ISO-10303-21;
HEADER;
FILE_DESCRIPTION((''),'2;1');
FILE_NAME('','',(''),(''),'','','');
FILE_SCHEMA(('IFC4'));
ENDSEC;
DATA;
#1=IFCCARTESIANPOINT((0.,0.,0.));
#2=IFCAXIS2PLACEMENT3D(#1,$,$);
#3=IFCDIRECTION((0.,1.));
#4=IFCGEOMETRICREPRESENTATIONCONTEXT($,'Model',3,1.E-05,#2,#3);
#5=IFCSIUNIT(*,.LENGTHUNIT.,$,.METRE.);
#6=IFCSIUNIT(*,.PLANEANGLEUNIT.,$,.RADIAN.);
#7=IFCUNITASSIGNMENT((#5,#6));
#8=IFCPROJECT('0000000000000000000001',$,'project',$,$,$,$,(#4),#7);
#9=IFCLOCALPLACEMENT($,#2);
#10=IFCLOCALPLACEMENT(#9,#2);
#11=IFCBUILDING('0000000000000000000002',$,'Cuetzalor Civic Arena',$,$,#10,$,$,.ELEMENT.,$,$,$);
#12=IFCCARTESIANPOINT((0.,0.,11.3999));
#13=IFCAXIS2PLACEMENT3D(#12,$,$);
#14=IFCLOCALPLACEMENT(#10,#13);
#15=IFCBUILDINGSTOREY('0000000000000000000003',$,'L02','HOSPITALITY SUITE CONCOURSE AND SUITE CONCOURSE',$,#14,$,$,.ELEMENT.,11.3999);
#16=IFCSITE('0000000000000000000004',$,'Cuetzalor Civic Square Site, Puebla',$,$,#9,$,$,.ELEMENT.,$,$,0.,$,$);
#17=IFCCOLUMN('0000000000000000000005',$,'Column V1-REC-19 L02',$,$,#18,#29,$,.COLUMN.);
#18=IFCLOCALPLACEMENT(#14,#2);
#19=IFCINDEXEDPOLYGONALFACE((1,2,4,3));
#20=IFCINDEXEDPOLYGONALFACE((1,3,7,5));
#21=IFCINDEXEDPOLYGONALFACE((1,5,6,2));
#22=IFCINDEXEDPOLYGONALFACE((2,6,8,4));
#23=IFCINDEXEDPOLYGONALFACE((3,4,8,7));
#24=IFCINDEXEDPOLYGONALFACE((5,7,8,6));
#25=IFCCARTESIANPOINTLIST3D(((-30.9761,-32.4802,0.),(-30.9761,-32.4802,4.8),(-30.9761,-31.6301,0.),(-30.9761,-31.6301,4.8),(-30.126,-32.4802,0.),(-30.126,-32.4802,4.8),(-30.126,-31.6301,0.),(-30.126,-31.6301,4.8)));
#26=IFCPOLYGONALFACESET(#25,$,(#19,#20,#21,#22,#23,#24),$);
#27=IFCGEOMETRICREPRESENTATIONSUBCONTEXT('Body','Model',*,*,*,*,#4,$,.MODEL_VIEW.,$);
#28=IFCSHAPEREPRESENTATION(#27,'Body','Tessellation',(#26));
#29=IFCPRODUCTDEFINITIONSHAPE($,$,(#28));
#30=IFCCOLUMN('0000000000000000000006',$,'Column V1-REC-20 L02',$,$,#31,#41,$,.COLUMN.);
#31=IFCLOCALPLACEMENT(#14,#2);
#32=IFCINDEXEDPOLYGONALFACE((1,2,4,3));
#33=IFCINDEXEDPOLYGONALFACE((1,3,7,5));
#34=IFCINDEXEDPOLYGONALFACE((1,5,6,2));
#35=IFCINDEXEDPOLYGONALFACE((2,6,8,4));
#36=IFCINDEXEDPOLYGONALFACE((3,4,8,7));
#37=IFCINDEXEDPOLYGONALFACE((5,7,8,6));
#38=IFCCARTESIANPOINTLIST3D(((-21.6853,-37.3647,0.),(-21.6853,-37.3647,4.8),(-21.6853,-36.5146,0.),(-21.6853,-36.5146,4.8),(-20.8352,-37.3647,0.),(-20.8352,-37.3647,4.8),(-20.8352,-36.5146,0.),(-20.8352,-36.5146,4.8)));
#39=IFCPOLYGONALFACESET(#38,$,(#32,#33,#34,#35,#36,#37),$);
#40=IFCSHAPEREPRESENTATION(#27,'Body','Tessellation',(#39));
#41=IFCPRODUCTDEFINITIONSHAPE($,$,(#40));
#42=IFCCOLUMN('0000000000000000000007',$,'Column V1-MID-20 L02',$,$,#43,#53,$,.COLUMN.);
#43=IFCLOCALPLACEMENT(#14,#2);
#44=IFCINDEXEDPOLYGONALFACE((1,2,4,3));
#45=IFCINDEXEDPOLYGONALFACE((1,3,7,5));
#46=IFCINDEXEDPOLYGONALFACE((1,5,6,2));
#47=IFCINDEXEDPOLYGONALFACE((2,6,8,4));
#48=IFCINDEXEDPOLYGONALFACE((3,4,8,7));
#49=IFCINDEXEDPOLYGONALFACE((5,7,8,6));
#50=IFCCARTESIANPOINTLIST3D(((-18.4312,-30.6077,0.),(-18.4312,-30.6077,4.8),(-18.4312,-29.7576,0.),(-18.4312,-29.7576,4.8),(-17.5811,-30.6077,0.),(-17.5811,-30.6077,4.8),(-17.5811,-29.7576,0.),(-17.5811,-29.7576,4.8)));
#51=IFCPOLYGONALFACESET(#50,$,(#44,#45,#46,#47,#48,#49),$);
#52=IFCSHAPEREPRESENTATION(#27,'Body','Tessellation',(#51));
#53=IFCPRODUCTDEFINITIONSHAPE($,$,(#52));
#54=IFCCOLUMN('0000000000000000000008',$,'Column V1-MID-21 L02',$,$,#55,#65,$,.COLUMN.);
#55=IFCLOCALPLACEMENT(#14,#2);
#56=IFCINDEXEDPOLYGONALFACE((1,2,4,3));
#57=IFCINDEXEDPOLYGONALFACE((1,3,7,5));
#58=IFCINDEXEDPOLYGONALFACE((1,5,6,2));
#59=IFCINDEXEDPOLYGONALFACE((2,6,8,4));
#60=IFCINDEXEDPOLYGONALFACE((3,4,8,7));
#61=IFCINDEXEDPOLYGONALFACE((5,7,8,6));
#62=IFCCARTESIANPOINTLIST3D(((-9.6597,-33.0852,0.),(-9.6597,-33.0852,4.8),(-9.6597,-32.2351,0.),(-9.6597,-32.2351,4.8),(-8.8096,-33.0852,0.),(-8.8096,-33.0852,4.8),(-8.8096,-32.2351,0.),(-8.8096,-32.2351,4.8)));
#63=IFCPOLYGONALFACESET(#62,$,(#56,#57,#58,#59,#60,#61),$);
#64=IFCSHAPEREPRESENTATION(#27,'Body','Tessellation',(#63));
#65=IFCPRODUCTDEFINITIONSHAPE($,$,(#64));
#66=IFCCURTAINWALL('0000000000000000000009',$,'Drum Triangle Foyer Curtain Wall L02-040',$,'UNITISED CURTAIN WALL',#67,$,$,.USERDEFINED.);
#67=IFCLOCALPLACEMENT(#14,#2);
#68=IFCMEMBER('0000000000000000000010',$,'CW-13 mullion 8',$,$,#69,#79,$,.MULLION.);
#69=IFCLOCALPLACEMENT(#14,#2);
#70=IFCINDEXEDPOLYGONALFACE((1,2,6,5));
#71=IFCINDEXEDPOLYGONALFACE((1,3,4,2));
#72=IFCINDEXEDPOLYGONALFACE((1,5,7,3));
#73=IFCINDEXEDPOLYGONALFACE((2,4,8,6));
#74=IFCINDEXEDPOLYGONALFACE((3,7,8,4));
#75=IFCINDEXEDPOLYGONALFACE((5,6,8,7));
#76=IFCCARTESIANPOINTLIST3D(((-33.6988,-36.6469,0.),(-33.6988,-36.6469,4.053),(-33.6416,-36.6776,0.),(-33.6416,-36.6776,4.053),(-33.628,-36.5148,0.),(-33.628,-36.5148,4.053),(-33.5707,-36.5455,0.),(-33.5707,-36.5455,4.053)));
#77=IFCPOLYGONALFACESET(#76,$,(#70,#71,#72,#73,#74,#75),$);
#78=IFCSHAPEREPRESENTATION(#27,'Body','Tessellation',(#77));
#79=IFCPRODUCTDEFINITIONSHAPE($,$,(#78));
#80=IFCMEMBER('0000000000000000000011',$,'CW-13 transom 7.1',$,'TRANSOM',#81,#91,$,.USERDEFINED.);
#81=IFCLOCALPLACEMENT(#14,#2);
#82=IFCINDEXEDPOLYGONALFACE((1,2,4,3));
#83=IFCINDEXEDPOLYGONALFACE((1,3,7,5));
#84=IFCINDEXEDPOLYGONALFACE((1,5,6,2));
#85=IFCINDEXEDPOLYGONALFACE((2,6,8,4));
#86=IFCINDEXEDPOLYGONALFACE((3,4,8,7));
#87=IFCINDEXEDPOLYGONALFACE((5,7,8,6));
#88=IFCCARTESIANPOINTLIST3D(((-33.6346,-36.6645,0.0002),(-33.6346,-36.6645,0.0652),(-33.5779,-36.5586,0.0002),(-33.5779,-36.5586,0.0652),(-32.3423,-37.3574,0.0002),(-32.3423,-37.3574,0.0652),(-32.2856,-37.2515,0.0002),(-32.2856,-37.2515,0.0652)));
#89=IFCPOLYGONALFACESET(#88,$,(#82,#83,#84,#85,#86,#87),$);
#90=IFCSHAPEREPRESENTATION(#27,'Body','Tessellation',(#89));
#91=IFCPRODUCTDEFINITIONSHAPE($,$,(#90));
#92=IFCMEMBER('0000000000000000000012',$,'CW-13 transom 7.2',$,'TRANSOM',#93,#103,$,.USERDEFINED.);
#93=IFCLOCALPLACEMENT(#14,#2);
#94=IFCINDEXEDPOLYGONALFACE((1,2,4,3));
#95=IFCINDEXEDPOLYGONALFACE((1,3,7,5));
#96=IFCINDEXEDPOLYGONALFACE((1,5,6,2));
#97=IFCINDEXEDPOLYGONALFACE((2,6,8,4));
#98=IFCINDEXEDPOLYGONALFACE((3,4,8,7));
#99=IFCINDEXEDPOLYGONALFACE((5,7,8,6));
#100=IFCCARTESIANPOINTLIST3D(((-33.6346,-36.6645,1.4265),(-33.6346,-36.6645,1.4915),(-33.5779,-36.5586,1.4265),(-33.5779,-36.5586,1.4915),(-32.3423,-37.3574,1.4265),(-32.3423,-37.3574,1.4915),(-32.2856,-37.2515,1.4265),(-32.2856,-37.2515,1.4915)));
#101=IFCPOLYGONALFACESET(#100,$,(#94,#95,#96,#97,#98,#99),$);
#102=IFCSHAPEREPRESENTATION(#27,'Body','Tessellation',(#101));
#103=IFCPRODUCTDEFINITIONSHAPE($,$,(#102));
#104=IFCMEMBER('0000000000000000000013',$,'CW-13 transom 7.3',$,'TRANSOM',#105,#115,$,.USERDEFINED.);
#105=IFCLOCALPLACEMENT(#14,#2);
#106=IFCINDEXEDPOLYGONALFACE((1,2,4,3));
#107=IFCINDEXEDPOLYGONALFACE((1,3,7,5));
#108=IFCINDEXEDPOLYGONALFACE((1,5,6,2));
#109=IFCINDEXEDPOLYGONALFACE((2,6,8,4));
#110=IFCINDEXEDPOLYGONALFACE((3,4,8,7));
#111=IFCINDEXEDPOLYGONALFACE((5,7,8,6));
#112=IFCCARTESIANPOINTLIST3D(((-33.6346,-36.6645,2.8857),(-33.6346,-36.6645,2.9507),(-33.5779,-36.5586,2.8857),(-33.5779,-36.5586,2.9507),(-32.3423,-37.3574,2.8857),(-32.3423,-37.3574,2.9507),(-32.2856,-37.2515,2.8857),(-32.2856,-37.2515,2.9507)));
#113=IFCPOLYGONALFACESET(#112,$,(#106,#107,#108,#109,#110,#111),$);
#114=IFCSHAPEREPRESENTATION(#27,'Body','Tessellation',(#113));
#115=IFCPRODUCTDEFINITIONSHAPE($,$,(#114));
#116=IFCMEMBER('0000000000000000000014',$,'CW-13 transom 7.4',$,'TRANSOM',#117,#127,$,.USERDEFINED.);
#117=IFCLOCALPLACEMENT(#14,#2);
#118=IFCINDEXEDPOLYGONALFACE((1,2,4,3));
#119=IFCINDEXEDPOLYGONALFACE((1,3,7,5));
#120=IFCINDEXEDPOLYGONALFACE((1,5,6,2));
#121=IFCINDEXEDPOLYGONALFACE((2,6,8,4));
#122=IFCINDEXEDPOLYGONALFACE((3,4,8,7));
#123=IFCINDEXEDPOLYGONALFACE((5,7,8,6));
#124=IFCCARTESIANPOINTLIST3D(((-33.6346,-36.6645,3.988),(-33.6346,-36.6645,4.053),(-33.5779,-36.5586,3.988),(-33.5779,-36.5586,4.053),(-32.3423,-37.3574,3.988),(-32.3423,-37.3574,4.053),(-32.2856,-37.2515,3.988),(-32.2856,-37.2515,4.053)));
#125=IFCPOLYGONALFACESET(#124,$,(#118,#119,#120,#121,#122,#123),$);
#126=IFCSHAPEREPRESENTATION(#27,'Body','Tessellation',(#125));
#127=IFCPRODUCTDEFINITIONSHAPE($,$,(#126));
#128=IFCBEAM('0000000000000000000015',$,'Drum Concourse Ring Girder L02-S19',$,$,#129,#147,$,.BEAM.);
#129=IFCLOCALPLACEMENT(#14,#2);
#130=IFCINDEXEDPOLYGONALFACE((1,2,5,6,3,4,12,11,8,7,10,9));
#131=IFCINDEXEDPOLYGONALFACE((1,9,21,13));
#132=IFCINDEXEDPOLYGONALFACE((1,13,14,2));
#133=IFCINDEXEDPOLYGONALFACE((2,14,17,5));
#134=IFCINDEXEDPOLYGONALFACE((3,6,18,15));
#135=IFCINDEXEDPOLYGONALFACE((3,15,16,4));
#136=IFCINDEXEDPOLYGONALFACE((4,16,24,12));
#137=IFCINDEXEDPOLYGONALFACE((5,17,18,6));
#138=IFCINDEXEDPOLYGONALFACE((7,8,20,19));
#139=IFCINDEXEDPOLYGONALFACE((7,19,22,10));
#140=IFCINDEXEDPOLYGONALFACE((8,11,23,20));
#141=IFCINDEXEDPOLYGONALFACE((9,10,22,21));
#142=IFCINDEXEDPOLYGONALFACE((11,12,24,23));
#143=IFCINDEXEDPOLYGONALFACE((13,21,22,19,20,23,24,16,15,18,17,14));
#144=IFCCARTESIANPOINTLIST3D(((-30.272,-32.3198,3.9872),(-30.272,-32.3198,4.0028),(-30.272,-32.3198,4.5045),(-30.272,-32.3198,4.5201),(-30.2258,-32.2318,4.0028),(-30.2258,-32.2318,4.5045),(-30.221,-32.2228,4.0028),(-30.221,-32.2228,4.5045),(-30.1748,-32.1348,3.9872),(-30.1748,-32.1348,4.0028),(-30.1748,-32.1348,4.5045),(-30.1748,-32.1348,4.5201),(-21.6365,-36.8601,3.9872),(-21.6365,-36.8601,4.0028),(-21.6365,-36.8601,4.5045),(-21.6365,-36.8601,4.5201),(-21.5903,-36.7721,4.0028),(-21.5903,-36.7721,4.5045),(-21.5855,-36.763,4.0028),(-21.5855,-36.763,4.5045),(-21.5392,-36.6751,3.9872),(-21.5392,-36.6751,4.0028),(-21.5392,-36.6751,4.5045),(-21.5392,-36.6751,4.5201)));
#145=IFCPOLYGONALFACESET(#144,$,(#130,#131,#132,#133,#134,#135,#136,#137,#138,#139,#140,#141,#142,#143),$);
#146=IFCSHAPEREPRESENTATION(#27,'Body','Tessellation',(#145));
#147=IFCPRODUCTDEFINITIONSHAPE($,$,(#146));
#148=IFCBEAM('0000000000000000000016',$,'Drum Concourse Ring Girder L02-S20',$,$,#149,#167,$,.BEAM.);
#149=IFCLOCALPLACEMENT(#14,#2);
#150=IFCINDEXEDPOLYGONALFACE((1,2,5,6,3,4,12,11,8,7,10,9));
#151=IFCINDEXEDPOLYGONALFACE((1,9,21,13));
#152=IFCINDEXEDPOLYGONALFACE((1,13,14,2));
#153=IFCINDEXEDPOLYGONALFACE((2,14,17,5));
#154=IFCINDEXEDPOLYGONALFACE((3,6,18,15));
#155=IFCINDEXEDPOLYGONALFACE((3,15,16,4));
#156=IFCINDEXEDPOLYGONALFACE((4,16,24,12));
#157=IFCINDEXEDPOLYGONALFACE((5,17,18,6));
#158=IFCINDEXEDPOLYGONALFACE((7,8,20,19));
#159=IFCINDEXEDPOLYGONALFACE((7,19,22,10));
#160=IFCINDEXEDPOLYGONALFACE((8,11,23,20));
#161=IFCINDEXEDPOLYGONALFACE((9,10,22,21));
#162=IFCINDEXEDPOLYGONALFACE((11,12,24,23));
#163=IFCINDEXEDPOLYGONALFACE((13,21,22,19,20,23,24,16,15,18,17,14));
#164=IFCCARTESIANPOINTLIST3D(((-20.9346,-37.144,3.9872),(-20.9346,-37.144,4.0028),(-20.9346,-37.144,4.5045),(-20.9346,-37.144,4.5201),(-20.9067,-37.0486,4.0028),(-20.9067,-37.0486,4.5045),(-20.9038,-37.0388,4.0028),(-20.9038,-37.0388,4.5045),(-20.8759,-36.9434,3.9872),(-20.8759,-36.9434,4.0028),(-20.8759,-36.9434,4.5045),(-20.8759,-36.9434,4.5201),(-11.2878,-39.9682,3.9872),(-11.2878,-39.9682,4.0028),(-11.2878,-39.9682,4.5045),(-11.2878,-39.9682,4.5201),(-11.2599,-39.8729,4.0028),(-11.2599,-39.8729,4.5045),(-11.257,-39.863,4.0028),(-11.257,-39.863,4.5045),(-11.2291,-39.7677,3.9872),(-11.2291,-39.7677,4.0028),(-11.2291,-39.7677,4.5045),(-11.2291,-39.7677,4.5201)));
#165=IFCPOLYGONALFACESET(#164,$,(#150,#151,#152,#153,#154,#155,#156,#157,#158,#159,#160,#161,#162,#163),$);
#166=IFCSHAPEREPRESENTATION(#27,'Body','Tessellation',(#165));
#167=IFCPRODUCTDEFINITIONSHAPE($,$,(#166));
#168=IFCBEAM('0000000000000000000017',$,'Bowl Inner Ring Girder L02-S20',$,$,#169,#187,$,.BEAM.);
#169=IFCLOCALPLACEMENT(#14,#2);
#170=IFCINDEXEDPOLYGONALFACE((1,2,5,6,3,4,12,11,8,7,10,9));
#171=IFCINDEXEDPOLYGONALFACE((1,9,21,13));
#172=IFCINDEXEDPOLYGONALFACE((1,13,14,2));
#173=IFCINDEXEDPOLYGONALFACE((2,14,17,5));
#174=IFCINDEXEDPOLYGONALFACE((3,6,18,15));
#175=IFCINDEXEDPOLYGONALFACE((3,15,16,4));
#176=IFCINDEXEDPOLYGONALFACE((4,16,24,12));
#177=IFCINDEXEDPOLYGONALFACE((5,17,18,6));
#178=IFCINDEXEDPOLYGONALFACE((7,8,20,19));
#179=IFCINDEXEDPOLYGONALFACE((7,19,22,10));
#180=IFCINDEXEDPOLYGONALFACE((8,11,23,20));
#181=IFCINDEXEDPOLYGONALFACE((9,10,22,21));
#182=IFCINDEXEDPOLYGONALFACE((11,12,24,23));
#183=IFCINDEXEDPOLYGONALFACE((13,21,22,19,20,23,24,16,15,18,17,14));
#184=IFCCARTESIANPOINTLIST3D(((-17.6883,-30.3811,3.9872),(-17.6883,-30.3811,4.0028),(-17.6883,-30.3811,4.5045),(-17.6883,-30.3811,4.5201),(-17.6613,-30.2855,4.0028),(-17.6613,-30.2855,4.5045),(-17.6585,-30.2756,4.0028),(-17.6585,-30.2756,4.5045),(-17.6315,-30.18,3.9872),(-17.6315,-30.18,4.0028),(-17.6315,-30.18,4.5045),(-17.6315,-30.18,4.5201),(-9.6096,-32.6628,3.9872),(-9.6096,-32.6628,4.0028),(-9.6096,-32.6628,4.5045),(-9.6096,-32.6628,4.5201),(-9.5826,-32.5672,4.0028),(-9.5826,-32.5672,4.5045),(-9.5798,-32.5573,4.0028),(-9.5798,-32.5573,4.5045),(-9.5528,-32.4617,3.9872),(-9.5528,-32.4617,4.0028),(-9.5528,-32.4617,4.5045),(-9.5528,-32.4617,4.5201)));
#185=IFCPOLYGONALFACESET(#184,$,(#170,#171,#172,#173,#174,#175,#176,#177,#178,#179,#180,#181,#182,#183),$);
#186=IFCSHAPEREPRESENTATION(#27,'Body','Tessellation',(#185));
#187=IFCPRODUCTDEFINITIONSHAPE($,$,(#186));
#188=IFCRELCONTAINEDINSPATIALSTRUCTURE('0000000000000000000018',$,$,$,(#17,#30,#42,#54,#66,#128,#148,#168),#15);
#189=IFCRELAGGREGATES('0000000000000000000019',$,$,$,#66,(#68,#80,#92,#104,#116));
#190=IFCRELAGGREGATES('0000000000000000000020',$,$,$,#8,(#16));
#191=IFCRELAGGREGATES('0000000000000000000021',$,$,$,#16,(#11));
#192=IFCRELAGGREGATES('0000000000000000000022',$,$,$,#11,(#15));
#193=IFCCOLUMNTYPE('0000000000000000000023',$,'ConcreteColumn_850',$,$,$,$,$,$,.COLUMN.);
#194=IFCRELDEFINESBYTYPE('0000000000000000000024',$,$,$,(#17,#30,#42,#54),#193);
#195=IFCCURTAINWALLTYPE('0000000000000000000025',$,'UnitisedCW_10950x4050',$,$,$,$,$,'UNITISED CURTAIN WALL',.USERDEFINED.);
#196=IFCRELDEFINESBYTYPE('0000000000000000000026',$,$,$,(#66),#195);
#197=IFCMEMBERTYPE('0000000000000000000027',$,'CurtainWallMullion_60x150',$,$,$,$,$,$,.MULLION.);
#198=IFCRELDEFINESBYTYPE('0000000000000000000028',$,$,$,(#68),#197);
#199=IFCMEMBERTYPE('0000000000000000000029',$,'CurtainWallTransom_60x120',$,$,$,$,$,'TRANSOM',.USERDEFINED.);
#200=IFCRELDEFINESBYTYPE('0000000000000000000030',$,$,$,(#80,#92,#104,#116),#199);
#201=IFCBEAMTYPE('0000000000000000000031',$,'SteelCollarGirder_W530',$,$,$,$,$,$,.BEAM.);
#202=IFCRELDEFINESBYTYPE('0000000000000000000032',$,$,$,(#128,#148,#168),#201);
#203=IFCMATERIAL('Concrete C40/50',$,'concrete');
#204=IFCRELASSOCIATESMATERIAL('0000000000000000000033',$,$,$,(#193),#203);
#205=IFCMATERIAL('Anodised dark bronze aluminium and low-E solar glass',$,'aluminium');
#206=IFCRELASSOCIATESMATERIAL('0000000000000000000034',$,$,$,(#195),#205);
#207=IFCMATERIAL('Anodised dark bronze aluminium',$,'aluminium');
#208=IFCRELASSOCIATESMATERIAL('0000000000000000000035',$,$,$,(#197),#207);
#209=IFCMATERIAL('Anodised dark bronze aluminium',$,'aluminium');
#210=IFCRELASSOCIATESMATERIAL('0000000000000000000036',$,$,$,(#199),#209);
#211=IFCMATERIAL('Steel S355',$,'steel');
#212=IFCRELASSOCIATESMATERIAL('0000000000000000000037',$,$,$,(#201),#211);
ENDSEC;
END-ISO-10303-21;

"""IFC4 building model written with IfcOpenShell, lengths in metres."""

from ifc_helpers import new_model, si_unit, direction, frame, origin, origin_2d, place, context, subcontext, project, spatial, rectangle, i_section, extrude, material, material_profile, profile_set, type_object, element, aggregate, save


model = new_model("IFC4")

# Units and contexts
model_context = context("Model", 3, precision=1e-05, world=origin(), true_north=direction((0.0, 1.0)))
body_context = subcontext(model_context, "Body", "Model", "MODEL_VIEW")
ifc_project = project(units=[si_unit("LENGTHUNIT", "METRE"), si_unit("PLANEANGLEUNIT", "RADIAN")], contexts=[model_context])

# Site, building, storey
site_placement = place(None, origin())
site = spatial("IfcSite", under=ifc_project, at=site_placement, Name="Cuetzalor Civic Square Site, Puebla", CompositionType="ELEMENT", RefElevation=0.0)
building_placement = place(site_placement, origin())
building = spatial("IfcBuilding", under=site, at=building_placement, Name="Cuetzalor Civic Arena", CompositionType="ELEMENT")
storey_placement = place(building_placement, frame((0.0, 0.0, 11.3999)))
storey = spatial("IfcBuildingStorey", under=building, at=storey_placement, Name="L02", Description="HOSPITALITY SUITE CONCOURSE AND SUITE CONCOURSE", CompositionType="ELEMENT", Elevation=11.3999)

# Columns
ifc_material_1 = material(Name="Concrete C40/50", Category="concrete")
ifc_material_profile_1 = material_profile(ifc_material_1, rectangle(XDim=0.8501, YDim=0.8501, at=origin_2d()), Name="RC 850x850")
ifc_profile_set_1 = profile_set([ifc_material_profile_1], Name="Concrete C40/50")
column_type = type_object("IfcColumnType", Name="ConcreteColumn_850", PredefinedType="COLUMN", material=ifc_profile_set_1)
for number, where, z_axis, x_axis, name in (
    (1, (-30.551, -32.0552, 0.0), (0.0, 0.0, 1.0), (1.0, 0.0, 0.0), "Column V1-REC-19 L02"),
    (2, (-21.2603, -36.9397, 0.0), (0.0, 0.0, 1.0), (1.0, 0.0, 0.0), "Column V1-REC-20 L02"),
    (3, (-18.0061, -30.1826, 0.0), (0.0, 0.0, 1.0), (1.0, 0.0, 0.0), "Column V1-MID-20 L02"),
    (4, (-9.2346, -32.6602, 0.0), (0.0, 0.0, 1.0), (1.0, 0.0, 0.0), "Column V1-MID-21 L02"),
):
    element("IfcColumn", number, at=place(storey_placement, frame(where, z_axis=z_axis, x_axis=x_axis)), inside=storey, type_object=column_type, Name=name, PredefinedType="COLUMN", context=body_context, shape_type="SweptSolid", body=[
        extrude(rectangle(XDim=0.8501, YDim=0.8501, at=origin_2d()), origin(), (0.0, 0.0, 1.0), 4.8),
    ])

# Curtain wall, members
ifc_material_2 = material(Name="Anodised dark bronze aluminium and low-E solar glass", Category="aluminium")
curtain_wall_type = type_object("IfcCurtainWallType", Name="UnitisedCW_10950x4050", ElementType="UNITISED CURTAIN WALL", PredefinedType="USERDEFINED", material=ifc_material_2)
curtain_wall_placement = place(storey_placement, origin())
curtain_wall = element("IfcCurtainWall", 5, at=curtain_wall_placement, inside=storey, type_object=curtain_wall_type, Name="Drum Triangle Foyer Curtain Wall L02-040", ObjectType="UNITISED CURTAIN WALL", PredefinedType="USERDEFINED")
ifc_material_3 = material(Name="Anodised dark bronze aluminium", Category="aluminium")
ifc_material_profile_2 = material_profile(ifc_material_3, rectangle(XDim=0.0649, YDim=0.1499, at=origin_2d()), Name="ALU MULLION 65x150")
ifc_profile_set_2 = profile_set([ifc_material_profile_2], Name="Anodised dark bronze aluminium")
member_type_1 = type_object("IfcMemberType", Name="CurtainWallMullion_60x150", PredefinedType="MULLION", material=ifc_profile_set_2)
member_1_placement = place(storey_placement, frame((-33.6348, -36.5962, 0.0), z_axis=(0.0, 0.0, 1.0), x_axis=(-0.881306, 0.472545, 0.0)))
member_1 = element("IfcMember", 6, at=member_1_placement, type_object=member_type_1, Name="CW-13 mullion 8", PredefinedType="MULLION", context=body_context, shape_type="SweptSolid", body=[
    extrude(rectangle(XDim=0.0649, YDim=0.1499, at=origin_2d()), origin(), (0.0, 0.0, 1.0), 4.053),
])
ifc_material_4 = material(Name="Anodised dark bronze aluminium", Category="aluminium")
ifc_material_profile_3 = material_profile(ifc_material_4, rectangle(XDim=0.1201, YDim=0.0649, at=origin_2d()), Name="ALU TRANSOM 65x120")
ifc_profile_set_3 = profile_set([ifc_material_profile_3], Name="Anodised dark bronze aluminium")
member_type_2 = type_object("IfcMemberType", Name="CurtainWallTransom_60x120", ElementType="TRANSOM", PredefinedType="USERDEFINED", material=ifc_profile_set_3)
member_2_placement = place(storey_placement, frame((-32.314, -37.3044, 0.0327), z_axis=(-0.881309, 0.47254, 0.0), x_axis=(-0.47254, -0.881309, 0.0)))
member_2 = element("IfcMember", 7, at=member_2_placement, type_object=member_type_2, Name="CW-13 transom 7.1", ObjectType="TRANSOM", PredefinedType="USERDEFINED", context=body_context, shape_type="SweptSolid", body=[
    extrude(rectangle(XDim=0.1201, YDim=0.0649, at=origin_2d()), origin(), (0.0, 0.0, 1.0), 1.4663),
])
member_3_placement = place(storey_placement, frame((-32.314, -37.3044, 1.459), z_axis=(-0.881309, 0.47254, 0.0), x_axis=(-0.47254, -0.881309, 0.0)))
member_3 = element("IfcMember", 8, at=member_3_placement, type_object=member_type_2, Name="CW-13 transom 7.2", ObjectType="TRANSOM", PredefinedType="USERDEFINED", context=body_context, shape_type="SweptSolid", body=[
    extrude(rectangle(XDim=0.1201, YDim=0.0649, at=origin_2d()), origin(), (0.0, 0.0, 1.0), 1.4663),
])
member_4_placement = place(storey_placement, frame((-32.314, -37.3044, 2.9182), z_axis=(-0.881309, 0.47254, 0.0), x_axis=(-0.47254, -0.881309, 0.0)))
member_4 = element("IfcMember", 9, at=member_4_placement, type_object=member_type_2, Name="CW-13 transom 7.3", ObjectType="TRANSOM", PredefinedType="USERDEFINED", context=body_context, shape_type="SweptSolid", body=[
    extrude(rectangle(XDim=0.1201, YDim=0.0649, at=origin_2d()), origin(), (0.0, 0.0, 1.0), 1.4663),
])
member_5_placement = place(storey_placement, frame((-32.314, -37.3044, 4.0205), z_axis=(-0.881309, 0.47254, 0.0), x_axis=(-0.47254, -0.881309, 0.0)))
member_5 = element("IfcMember", 10, at=member_5_placement, type_object=member_type_2, Name="CW-13 transom 7.4", ObjectType="TRANSOM", PredefinedType="USERDEFINED", context=body_context, shape_type="SweptSolid", body=[
    extrude(rectangle(XDim=0.1201, YDim=0.0649, at=origin_2d()), origin(), (0.0, 0.0, 1.0), 1.4663),
])

# Beams
ifc_material_5 = material(Name="Steel S355", Category="steel")
ifc_material_profile_4 = material_profile(ifc_material_5, i_section(OverallWidth=0.209, OverallDepth=0.533, WebThickness=0.0103, FlangeThickness=0.0156, at=origin_2d()), Name="W530x92")
ifc_profile_set_4 = profile_set([ifc_material_profile_4], Name="Steel S355")
beam_type_1 = type_object("IfcBeamType", Name="SteelCollarGirder_W530", PredefinedType="BEAM", material=ifc_profile_set_4)
beam_1_placement = place(storey_placement, frame((-30.2234, -32.2273, 4.2537), z_axis=(0.885117, -0.465368, 0.0), x_axis=(0.465368, 0.885117, 0.0)))
element("IfcBeam", 11, at=beam_1_placement, inside=storey, type_object=beam_type_1, Name="Drum Concourse Ring Girder L02-S19", PredefinedType="BEAM", context=body_context, shape_type="SweptSolid", body=[
    extrude(i_section(OverallWidth=0.209, OverallDepth=0.533, WebThickness=0.0103, FlangeThickness=0.0156, at=origin_2d()), origin(), (0.0, 0.0, 1.0), 9.7563),
])
beam_2_placement = place(storey_placement, frame((-20.9053, -37.0437, 4.2537), z_axis=(0.959716, -0.280971, 0.0), x_axis=(0.280971, 0.959716, 0.0)))
element("IfcBeam", 12, at=beam_2_placement, inside=storey, type_object=beam_type_1, Name="Drum Concourse Ring Girder L02-S20", PredefinedType="BEAM", context=body_context, shape_type="SweptSolid", body=[
    extrude(i_section(OverallWidth=0.209, OverallDepth=0.533, WebThickness=0.0103, FlangeThickness=0.0156, at=origin_2d()), origin(), (0.0, 0.0, 1.0), 10.0518),
])
beam_3_placement = place(storey_placement, frame((-17.6599, -30.2805, 4.2537), z_axis=(0.962354, -0.271801, 0.0), x_axis=(0.271801, 0.962354, 0.0)))
element("IfcBeam", 13, at=beam_3_placement, inside=storey, type_object=beam_type_1, Name="Bowl Inner Ring Girder L02-S20", PredefinedType="BEAM", context=body_context, shape_type="SweptSolid", body=[
    extrude(i_section(OverallWidth=0.209, OverallDepth=0.533, WebThickness=0.0103, FlangeThickness=0.0156, at=origin_2d()), origin(), (0.0, 0.0, 1.0), 8.3948),
])

aggregate(curtain_wall, [member_1, member_2, member_3, member_4, member_5])

save(model, "model.ifc")
